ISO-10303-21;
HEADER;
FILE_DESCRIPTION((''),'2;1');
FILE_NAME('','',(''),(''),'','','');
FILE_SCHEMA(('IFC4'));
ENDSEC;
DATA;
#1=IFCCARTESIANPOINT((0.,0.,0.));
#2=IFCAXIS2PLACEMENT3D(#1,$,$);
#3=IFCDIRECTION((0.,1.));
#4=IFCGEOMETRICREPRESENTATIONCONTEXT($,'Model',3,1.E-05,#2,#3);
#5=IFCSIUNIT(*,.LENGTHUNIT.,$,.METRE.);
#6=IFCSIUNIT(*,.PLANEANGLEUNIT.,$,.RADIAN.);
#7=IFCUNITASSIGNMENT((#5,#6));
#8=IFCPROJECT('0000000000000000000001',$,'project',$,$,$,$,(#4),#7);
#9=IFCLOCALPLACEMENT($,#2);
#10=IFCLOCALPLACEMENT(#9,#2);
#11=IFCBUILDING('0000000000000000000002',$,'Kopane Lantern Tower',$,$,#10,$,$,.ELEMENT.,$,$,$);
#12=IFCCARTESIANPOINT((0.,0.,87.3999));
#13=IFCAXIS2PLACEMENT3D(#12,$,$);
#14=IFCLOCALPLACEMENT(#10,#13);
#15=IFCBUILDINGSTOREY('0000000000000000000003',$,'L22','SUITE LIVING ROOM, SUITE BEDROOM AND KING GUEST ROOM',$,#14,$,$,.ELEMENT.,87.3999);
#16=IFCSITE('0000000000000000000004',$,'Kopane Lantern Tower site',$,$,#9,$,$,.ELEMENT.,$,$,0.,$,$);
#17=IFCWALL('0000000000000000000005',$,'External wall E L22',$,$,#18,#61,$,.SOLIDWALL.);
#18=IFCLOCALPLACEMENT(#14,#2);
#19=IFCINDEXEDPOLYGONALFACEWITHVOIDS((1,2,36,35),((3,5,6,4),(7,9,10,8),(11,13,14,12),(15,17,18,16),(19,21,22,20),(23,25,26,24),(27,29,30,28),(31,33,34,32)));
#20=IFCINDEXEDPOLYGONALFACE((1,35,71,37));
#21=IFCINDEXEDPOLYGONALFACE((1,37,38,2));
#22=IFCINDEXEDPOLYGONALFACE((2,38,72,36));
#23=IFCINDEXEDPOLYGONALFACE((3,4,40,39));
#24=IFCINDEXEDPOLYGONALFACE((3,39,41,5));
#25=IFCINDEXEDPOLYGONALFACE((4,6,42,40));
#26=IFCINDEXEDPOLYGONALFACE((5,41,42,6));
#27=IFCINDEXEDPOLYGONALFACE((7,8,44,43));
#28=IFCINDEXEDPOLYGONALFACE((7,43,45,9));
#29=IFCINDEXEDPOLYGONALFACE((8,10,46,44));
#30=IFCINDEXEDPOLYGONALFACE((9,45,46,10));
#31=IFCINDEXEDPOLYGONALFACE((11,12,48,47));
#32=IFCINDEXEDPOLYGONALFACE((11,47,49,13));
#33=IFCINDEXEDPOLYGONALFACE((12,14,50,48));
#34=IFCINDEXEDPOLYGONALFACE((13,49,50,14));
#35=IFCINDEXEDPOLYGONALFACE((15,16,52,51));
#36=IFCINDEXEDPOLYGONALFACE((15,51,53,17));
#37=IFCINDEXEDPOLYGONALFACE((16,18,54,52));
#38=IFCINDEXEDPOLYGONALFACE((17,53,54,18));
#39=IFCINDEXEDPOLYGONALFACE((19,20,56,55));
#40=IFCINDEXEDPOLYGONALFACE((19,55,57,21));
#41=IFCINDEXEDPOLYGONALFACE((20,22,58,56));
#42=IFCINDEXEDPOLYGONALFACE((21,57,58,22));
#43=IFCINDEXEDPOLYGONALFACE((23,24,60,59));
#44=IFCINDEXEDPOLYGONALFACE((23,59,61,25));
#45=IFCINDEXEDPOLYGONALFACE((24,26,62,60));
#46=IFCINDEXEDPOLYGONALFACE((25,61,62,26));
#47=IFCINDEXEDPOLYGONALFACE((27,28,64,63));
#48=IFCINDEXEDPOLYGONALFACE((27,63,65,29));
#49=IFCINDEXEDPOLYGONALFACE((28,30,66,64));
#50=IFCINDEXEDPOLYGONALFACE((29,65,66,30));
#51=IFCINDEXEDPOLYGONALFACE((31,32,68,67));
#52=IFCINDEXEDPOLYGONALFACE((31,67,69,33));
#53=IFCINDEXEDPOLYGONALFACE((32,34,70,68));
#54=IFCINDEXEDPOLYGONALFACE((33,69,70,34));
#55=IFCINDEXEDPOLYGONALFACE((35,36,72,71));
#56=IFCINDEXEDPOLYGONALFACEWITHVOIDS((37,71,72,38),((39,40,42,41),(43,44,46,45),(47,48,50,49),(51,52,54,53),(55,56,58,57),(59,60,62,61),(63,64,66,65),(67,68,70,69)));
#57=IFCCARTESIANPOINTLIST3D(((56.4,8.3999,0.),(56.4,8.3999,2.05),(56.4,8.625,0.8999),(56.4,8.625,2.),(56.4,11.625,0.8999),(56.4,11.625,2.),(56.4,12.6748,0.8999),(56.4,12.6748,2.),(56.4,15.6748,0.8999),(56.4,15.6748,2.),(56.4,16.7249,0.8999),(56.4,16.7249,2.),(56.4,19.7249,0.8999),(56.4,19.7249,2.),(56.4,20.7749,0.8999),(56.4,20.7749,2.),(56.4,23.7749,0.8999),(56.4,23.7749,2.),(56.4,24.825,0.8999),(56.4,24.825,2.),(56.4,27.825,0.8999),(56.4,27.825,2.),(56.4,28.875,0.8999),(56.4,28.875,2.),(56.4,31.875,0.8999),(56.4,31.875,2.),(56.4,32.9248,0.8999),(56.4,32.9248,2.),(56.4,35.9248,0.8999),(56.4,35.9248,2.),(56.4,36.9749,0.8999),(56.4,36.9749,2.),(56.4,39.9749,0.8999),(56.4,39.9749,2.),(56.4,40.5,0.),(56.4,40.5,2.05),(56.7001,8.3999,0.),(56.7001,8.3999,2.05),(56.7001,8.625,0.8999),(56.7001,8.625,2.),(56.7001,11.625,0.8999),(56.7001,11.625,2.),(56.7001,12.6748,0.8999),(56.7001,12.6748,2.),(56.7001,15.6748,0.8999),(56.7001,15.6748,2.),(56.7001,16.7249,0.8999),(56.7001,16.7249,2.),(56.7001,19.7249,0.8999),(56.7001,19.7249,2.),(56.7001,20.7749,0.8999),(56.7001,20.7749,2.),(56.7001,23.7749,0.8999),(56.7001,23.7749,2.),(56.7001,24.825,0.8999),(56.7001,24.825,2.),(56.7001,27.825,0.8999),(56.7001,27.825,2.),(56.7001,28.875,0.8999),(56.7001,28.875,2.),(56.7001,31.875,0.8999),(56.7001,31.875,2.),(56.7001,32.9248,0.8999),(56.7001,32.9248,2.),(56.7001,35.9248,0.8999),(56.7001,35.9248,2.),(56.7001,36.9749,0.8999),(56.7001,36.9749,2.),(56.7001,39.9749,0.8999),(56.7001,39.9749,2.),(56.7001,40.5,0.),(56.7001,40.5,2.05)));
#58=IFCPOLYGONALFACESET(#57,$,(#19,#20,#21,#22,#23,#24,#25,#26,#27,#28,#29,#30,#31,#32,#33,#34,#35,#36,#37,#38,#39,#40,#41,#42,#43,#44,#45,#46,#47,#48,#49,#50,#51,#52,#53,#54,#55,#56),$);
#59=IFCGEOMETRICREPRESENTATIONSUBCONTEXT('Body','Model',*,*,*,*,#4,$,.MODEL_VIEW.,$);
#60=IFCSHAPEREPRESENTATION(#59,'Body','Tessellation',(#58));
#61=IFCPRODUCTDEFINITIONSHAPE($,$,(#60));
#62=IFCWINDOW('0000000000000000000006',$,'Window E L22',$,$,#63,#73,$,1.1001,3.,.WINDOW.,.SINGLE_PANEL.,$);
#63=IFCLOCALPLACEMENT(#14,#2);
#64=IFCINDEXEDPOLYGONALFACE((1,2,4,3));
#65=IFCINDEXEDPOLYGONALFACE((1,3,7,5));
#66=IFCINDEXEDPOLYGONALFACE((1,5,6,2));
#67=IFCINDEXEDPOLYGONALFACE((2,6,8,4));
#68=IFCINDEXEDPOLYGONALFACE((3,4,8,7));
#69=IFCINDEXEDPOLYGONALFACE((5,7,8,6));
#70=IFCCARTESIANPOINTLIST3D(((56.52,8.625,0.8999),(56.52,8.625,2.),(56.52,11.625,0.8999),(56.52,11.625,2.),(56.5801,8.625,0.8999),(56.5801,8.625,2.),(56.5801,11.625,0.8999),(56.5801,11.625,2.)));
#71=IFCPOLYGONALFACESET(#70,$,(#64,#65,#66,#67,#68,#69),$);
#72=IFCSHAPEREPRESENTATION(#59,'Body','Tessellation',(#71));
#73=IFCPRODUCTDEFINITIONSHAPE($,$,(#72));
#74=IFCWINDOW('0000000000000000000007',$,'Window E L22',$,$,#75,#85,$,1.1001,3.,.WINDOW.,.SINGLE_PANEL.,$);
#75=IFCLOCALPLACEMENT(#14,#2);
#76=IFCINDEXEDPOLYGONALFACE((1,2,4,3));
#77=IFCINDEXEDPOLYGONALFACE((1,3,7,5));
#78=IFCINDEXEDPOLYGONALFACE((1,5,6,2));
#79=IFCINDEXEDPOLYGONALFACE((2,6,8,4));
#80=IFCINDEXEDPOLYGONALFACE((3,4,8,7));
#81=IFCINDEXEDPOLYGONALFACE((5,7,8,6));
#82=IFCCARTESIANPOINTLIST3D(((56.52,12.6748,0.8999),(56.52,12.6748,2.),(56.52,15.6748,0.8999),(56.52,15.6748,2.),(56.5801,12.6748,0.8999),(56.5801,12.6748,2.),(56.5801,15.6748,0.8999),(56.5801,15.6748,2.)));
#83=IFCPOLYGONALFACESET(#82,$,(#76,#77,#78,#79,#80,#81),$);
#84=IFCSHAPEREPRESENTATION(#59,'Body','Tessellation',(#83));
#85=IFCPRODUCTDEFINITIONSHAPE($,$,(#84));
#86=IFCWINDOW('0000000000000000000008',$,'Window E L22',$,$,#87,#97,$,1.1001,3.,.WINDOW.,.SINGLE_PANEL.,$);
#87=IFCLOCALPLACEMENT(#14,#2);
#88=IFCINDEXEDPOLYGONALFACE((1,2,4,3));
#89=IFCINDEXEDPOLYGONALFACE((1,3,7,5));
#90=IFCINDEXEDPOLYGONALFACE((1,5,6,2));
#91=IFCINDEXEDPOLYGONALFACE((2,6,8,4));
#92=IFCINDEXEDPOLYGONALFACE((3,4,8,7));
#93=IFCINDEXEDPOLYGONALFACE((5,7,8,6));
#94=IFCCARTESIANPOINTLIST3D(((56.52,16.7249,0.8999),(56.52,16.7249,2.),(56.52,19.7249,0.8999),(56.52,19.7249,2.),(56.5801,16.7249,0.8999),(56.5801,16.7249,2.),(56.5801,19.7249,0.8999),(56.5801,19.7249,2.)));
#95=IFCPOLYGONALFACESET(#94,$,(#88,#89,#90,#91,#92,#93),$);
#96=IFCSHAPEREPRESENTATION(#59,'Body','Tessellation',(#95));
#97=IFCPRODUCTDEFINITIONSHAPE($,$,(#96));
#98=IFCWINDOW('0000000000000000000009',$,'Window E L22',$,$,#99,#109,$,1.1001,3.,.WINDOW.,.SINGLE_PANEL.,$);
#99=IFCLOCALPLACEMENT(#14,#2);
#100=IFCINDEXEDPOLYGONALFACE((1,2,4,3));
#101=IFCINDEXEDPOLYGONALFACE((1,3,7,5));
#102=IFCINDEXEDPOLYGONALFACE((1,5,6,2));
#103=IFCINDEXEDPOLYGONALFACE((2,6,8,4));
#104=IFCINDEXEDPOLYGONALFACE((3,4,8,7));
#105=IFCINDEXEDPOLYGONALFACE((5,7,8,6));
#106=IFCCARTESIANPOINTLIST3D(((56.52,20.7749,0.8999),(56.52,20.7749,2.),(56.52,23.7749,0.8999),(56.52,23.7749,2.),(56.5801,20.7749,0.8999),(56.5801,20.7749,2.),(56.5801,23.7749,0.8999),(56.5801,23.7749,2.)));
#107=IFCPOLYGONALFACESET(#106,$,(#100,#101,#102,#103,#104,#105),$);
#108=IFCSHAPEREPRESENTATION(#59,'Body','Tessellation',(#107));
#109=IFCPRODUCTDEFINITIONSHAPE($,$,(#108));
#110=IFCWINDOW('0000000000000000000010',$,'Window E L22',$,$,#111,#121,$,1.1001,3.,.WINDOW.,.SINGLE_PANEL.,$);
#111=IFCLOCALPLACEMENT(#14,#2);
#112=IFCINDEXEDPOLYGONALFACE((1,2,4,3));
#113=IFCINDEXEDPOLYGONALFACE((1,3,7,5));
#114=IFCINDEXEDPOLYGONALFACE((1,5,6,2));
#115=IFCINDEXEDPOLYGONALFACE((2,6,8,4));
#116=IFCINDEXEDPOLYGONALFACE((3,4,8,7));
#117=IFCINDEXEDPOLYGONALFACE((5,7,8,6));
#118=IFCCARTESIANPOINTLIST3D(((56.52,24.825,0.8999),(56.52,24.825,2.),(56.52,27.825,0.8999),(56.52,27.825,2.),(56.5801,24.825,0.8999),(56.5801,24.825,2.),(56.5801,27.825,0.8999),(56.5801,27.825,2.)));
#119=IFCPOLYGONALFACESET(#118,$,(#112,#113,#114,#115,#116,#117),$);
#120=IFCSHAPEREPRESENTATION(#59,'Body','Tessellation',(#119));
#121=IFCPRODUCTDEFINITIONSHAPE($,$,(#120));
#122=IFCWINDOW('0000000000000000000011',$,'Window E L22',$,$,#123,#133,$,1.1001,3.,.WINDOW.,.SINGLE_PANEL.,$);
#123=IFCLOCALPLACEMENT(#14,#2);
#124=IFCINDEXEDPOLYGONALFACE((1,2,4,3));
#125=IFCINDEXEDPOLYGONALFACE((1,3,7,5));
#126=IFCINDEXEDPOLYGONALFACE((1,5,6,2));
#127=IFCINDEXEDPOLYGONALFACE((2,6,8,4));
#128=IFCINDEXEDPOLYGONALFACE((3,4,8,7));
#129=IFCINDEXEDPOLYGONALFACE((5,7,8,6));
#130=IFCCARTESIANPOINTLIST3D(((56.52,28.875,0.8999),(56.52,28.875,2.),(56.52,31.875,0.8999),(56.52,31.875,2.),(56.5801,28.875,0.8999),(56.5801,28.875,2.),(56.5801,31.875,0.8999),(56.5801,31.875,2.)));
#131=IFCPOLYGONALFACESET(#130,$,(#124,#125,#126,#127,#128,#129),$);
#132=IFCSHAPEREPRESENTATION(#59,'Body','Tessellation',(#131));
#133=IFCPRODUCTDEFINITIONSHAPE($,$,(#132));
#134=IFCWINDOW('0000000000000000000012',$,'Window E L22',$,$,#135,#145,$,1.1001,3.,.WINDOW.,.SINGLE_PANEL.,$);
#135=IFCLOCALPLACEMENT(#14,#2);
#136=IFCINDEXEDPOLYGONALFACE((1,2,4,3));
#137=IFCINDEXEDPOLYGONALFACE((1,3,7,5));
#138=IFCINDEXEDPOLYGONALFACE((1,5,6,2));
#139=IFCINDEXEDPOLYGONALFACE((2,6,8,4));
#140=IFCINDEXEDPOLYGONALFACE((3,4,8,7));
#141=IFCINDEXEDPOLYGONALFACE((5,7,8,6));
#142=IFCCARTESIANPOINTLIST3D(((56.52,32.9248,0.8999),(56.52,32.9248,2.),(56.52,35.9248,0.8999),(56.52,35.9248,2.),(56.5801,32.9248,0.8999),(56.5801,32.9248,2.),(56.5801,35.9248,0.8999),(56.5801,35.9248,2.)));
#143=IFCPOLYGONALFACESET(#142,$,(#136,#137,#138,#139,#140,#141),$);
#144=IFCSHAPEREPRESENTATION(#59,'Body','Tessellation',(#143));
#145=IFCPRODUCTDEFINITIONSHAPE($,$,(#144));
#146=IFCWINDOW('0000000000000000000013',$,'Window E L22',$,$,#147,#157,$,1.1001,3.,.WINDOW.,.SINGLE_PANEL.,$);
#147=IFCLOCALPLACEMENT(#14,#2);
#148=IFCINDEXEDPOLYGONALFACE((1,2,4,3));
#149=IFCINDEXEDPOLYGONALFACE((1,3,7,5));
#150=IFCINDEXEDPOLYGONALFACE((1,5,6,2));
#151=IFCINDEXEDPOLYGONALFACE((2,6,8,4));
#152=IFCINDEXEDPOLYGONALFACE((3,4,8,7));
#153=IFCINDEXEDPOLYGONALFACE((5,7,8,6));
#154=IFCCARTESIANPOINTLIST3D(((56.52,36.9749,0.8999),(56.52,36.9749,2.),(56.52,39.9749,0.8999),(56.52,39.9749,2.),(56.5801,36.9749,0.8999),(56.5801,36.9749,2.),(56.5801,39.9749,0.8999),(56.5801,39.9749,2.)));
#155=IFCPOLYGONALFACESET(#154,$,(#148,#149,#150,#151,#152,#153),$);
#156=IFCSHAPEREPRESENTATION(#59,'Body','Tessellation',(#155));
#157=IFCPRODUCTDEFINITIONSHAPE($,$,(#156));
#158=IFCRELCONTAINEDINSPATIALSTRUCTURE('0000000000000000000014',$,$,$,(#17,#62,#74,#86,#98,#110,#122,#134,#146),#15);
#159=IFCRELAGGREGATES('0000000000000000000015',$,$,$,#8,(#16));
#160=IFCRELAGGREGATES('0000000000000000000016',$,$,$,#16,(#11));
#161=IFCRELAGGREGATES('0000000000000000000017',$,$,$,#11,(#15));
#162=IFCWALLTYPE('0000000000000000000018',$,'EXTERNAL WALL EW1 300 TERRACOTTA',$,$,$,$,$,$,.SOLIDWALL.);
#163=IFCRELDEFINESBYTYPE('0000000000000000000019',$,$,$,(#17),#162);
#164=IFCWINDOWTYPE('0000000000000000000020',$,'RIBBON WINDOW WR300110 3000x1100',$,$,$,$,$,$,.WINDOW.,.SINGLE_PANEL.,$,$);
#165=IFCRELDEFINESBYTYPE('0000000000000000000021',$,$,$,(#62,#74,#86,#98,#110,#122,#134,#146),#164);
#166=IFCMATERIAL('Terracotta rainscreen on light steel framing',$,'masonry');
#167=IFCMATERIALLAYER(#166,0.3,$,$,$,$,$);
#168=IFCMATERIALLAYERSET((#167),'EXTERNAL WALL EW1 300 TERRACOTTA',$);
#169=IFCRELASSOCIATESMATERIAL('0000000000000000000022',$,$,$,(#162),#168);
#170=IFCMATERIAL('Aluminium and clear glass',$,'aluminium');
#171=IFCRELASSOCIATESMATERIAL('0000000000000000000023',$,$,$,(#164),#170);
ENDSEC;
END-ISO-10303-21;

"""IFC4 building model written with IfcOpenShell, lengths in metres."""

from ifc_helpers import new_model, si_unit, direction, frame, frame_2d, origin, place, context, subcontext, project, spatial, rectangle, extrude, material, layer, layer_set, type_object, element, fill, save


model = new_model("IFC4")

# Units and contexts
model_context = context("Model", 3, precision=1e-05, world=origin(), true_north=direction((0.0, 1.0)))
body_context = subcontext(model_context, "Body", "Model", "MODEL_VIEW")
ifc_project = project(units=[si_unit("LENGTHUNIT", "METRE"), si_unit("PLANEANGLEUNIT", "RADIAN")], contexts=[model_context])

# Site, building, storey
site_placement = place(None, origin())
site = spatial("IfcSite", under=ifc_project, at=site_placement, Name="Kopane Lantern Tower site", CompositionType="ELEMENT", RefElevation=0.0)
building_placement = place(site_placement, origin())
building = spatial("IfcBuilding", under=site, at=building_placement, Name="Kopane Lantern Tower", CompositionType="ELEMENT")
storey_placement = place(building_placement, frame((0.0, 0.0, 87.3999)))
storey = spatial("IfcBuildingStorey", under=building, at=storey_placement, Name="L22", Description="SUITE LIVING ROOM, SUITE BEDROOM AND KING GUEST ROOM", CompositionType="ELEMENT", Elevation=87.3999)

# Shared definitions
ifc_material_1 = material(Name="Terracotta rainscreen on light steel framing", Category="masonry")
ifc_layer_1 = layer(ifc_material_1, 0.3)
ifc_layer_set_1 = layer_set([ifc_layer_1], Name="EXTERNAL WALL EW1 300 TERRACOTTA")
wall_type_1 = type_object("IfcWallType", Name="EXTERNAL WALL EW1 300 TERRACOTTA", PredefinedType="SOLIDWALL", material=ifc_layer_set_1)
ifc_material_2 = material(Name="Aluminium and clear glass", Category="aluminium")
window_type = type_object("IfcWindowType", Name="RIBBON WINDOW WR300110 3000x1100", PartitioningType="SINGLE_PANEL", PredefinedType="WINDOW", material=ifc_material_2)

# Wall, openings, windows
wall_1_placement = place(storey_placement, frame((56.55, 8.3999, 0.0), z_axis=(0.0, 0.0, 1.0), x_axis=(0.0, 1.0, 0.0)))
wall_1 = element("IfcWall", 1, at=wall_1_placement, inside=storey, type_object=wall_type_1, Name="External wall E L22", PredefinedType="SOLIDWALL", context=body_context, shape_type="SweptSolid", body=[
    extrude(rectangle(XDim=32.1001, YDim=0.3, at=frame_2d((16.05, 0.0))), origin(), (0.0, 0.0, 1.0), 2.05),
])
opening_1_placement = place(wall_1_placement, frame((0.2251, 0.0, 0.8999)))
opening_1 = element("IfcOpeningElement", 2, at=opening_1_placement, cuts=wall_1, PredefinedType="OPENING", context=body_context, shape_type="SweptSolid", body=[
    extrude(rectangle(XDim=3.0, YDim=1.1001, at=frame_2d((1.5, 0.55))), frame((0.0, 0.1599, 0.0), z_axis=(0.0, -1.0, 0.0), x_axis=(1.0, 0.0, 0.0)), (0.0, 0.0, 1.0), 0.3201),
])
opening_2_placement = place(wall_1_placement, frame((4.2749, 0.0, 0.8999)))
opening_2 = element("IfcOpeningElement", 3, at=opening_2_placement, cuts=wall_1, PredefinedType="OPENING", context=body_context, shape_type="SweptSolid", body=[
    extrude(rectangle(XDim=3.0, YDim=1.1001, at=frame_2d((1.5, 0.55))), frame((0.0, 0.1599, 0.0), z_axis=(0.0, -1.0, 0.0), x_axis=(1.0, 0.0, 0.0)), (0.0, 0.0, 1.0), 0.3201),
])
opening_3_placement = place(wall_1_placement, frame((8.325, 0.0, 0.8999)))
opening_3 = element("IfcOpeningElement", 4, at=opening_3_placement, cuts=wall_1, PredefinedType="OPENING", context=body_context, shape_type="SweptSolid", body=[
    extrude(rectangle(XDim=3.0, YDim=1.1001, at=frame_2d((1.5, 0.55))), frame((0.0, 0.1599, 0.0), z_axis=(0.0, -1.0, 0.0), x_axis=(1.0, 0.0, 0.0)), (0.0, 0.0, 1.0), 0.3201),
])
opening_4_placement = place(wall_1_placement, frame((12.375, 0.0, 0.8999)))
opening_4 = element("IfcOpeningElement", 5, at=opening_4_placement, cuts=wall_1, PredefinedType="OPENING", context=body_context, shape_type="SweptSolid", body=[
    extrude(rectangle(XDim=3.0, YDim=1.1001, at=frame_2d((1.5, 0.55))), frame((0.0, 0.1599, 0.0), z_axis=(0.0, -1.0, 0.0), x_axis=(1.0, 0.0, 0.0)), (0.0, 0.0, 1.0), 0.3201),
])
opening_5_placement = place(wall_1_placement, frame((16.425, 0.0, 0.8999)))
opening_5 = element("IfcOpeningElement", 6, at=opening_5_placement, cuts=wall_1, PredefinedType="OPENING", context=body_context, shape_type="SweptSolid", body=[
    extrude(rectangle(XDim=3.0, YDim=1.1001, at=frame_2d((1.5, 0.55))), frame((0.0, 0.1599, 0.0), z_axis=(0.0, -1.0, 0.0), x_axis=(1.0, 0.0, 0.0)), (0.0, 0.0, 1.0), 0.3201),
])
opening_6_placement = place(wall_1_placement, frame((20.4751, 0.0, 0.8999)))
opening_6 = element("IfcOpeningElement", 7, at=opening_6_placement, cuts=wall_1, PredefinedType="OPENING", context=body_context, shape_type="SweptSolid", body=[
    extrude(rectangle(XDim=3.0, YDim=1.1001, at=frame_2d((1.5, 0.55))), frame((0.0, 0.1599, 0.0), z_axis=(0.0, -1.0, 0.0), x_axis=(1.0, 0.0, 0.0)), (0.0, 0.0, 1.0), 0.3201),
])
opening_7_placement = place(wall_1_placement, frame((24.5249, 0.0, 0.8999)))
opening_7 = element("IfcOpeningElement", 8, at=opening_7_placement, cuts=wall_1, PredefinedType="OPENING", context=body_context, shape_type="SweptSolid", body=[
    extrude(rectangle(XDim=3.0, YDim=1.1001, at=frame_2d((1.5, 0.55))), frame((0.0, 0.1599, 0.0), z_axis=(0.0, -1.0, 0.0), x_axis=(1.0, 0.0, 0.0)), (0.0, 0.0, 1.0), 0.3201),
])
opening_8_placement = place(wall_1_placement, frame((28.575, 0.0, 0.8999)))
opening_8 = element("IfcOpeningElement", 9, at=opening_8_placement, cuts=wall_1, PredefinedType="OPENING", context=body_context, shape_type="SweptSolid", body=[
    extrude(rectangle(XDim=3.0, YDim=1.1001, at=frame_2d((1.5, 0.55))), frame((0.0, 0.1599, 0.0), z_axis=(0.0, -1.0, 0.0), x_axis=(1.0, 0.0, 0.0)), (0.0, 0.0, 1.0), 0.3201),
])
window_1_placement = place(opening_1_placement, origin())
window_1 = element("IfcWindow", 10, at=window_1_placement, inside=storey, type_object=window_type, Name="Window E L22", OverallHeight=1.1001, OverallWidth=3.0, PartitioningType="SINGLE_PANEL", PredefinedType="WINDOW", context=body_context, shape_type="SweptSolid", body=[
    extrude(rectangle(XDim=3.0, YDim=1.1001, at=frame_2d((1.5, 0.55))), frame((0.0, 0.03, 0.0), z_axis=(0.0, -1.0, 0.0), x_axis=(1.0, 0.0, 0.0)), (0.0, 0.0, 1.0), 0.0601),
])
fill(opening_1, window_1)
window_2_placement = place(opening_2_placement, origin())
window_2 = element("IfcWindow", 11, at=window_2_placement, inside=storey, type_object=window_type, Name="Window E L22", OverallHeight=1.1001, OverallWidth=3.0, PartitioningType="SINGLE_PANEL", PredefinedType="WINDOW", context=body_context, shape_type="SweptSolid", body=[
    extrude(rectangle(XDim=3.0, YDim=1.1001, at=frame_2d((1.5, 0.55))), frame((0.0, 0.03, 0.0), z_axis=(0.0, -1.0, 0.0), x_axis=(1.0, 0.0, 0.0)), (0.0, 0.0, 1.0), 0.0601),
])
fill(opening_2, window_2)
window_3_placement = place(opening_3_placement, origin())
window_3 = element("IfcWindow", 12, at=window_3_placement, inside=storey, type_object=window_type, Name="Window E L22", OverallHeight=1.1001, OverallWidth=3.0, PartitioningType="SINGLE_PANEL", PredefinedType="WINDOW", context=body_context, shape_type="SweptSolid", body=[
    extrude(rectangle(XDim=3.0, YDim=1.1001, at=frame_2d((1.5, 0.55))), frame((0.0, 0.03, 0.0), z_axis=(0.0, -1.0, 0.0), x_axis=(1.0, 0.0, 0.0)), (0.0, 0.0, 1.0), 0.0601),
])
fill(opening_3, window_3)
window_4_placement = place(opening_4_placement, origin())
window_4 = element("IfcWindow", 13, at=window_4_placement, inside=storey, type_object=window_type, Name="Window E L22", OverallHeight=1.1001, OverallWidth=3.0, PartitioningType="SINGLE_PANEL", PredefinedType="WINDOW", context=body_context, shape_type="SweptSolid", body=[
    extrude(rectangle(XDim=3.0, YDim=1.1001, at=frame_2d((1.5, 0.55))), frame((0.0, 0.03, 0.0), z_axis=(0.0, -1.0, 0.0), x_axis=(1.0, 0.0, 0.0)), (0.0, 0.0, 1.0), 0.0601),
])
fill(opening_4, window_4)
window_5_placement = place(opening_5_placement, origin())
window_5 = element("IfcWindow", 14, at=window_5_placement, inside=storey, type_object=window_type, Name="Window E L22", OverallHeight=1.1001, OverallWidth=3.0, PartitioningType="SINGLE_PANEL", PredefinedType="WINDOW", context=body_context, shape_type="SweptSolid", body=[
    extrude(rectangle(XDim=3.0, YDim=1.1001, at=frame_2d((1.5, 0.55))), frame((0.0, 0.03, 0.0), z_axis=(0.0, -1.0, 0.0), x_axis=(1.0, 0.0, 0.0)), (0.0, 0.0, 1.0), 0.0601),
])
fill(opening_5, window_5)
window_6_placement = place(opening_6_placement, origin())
window_6 = element("IfcWindow", 15, at=window_6_placement, inside=storey, type_object=window_type, Name="Window E L22", OverallHeight=1.1001, OverallWidth=3.0, PartitioningType="SINGLE_PANEL", PredefinedType="WINDOW", context=body_context, shape_type="SweptSolid", body=[
    extrude(rectangle(XDim=3.0, YDim=1.1001, at=frame_2d((1.5, 0.55))), frame((0.0, 0.03, 0.0), z_axis=(0.0, -1.0, 0.0), x_axis=(1.0, 0.0, 0.0)), (0.0, 0.0, 1.0), 0.0601),
])
fill(opening_6, window_6)
window_7_placement = place(opening_7_placement, origin())
window_7 = element("IfcWindow", 16, at=window_7_placement, inside=storey, type_object=window_type, Name="Window E L22", OverallHeight=1.1001, OverallWidth=3.0, PartitioningType="SINGLE_PANEL", PredefinedType="WINDOW", context=body_context, shape_type="SweptSolid", body=[
    extrude(rectangle(XDim=3.0, YDim=1.1001, at=frame_2d((1.5, 0.55))), frame((0.0, 0.03, 0.0), z_axis=(0.0, -1.0, 0.0), x_axis=(1.0, 0.0, 0.0)), (0.0, 0.0, 1.0), 0.0601),
])
fill(opening_7, window_7)
window_8_placement = place(opening_8_placement, origin())
window_8 = element("IfcWindow", 17, at=window_8_placement, inside=storey, type_object=window_type, Name="Window E L22", OverallHeight=1.1001, OverallWidth=3.0, PartitioningType="SINGLE_PANEL", PredefinedType="WINDOW", context=body_context, shape_type="SweptSolid", body=[
    extrude(rectangle(XDim=3.0, YDim=1.1001, at=frame_2d((1.5, 0.55))), frame((0.0, 0.03, 0.0), z_axis=(0.0, -1.0, 0.0), x_axis=(1.0, 0.0, 0.0)), (0.0, 0.0, 1.0), 0.0601),
])
fill(opening_8, window_8)

save(model, "model.ifc")
